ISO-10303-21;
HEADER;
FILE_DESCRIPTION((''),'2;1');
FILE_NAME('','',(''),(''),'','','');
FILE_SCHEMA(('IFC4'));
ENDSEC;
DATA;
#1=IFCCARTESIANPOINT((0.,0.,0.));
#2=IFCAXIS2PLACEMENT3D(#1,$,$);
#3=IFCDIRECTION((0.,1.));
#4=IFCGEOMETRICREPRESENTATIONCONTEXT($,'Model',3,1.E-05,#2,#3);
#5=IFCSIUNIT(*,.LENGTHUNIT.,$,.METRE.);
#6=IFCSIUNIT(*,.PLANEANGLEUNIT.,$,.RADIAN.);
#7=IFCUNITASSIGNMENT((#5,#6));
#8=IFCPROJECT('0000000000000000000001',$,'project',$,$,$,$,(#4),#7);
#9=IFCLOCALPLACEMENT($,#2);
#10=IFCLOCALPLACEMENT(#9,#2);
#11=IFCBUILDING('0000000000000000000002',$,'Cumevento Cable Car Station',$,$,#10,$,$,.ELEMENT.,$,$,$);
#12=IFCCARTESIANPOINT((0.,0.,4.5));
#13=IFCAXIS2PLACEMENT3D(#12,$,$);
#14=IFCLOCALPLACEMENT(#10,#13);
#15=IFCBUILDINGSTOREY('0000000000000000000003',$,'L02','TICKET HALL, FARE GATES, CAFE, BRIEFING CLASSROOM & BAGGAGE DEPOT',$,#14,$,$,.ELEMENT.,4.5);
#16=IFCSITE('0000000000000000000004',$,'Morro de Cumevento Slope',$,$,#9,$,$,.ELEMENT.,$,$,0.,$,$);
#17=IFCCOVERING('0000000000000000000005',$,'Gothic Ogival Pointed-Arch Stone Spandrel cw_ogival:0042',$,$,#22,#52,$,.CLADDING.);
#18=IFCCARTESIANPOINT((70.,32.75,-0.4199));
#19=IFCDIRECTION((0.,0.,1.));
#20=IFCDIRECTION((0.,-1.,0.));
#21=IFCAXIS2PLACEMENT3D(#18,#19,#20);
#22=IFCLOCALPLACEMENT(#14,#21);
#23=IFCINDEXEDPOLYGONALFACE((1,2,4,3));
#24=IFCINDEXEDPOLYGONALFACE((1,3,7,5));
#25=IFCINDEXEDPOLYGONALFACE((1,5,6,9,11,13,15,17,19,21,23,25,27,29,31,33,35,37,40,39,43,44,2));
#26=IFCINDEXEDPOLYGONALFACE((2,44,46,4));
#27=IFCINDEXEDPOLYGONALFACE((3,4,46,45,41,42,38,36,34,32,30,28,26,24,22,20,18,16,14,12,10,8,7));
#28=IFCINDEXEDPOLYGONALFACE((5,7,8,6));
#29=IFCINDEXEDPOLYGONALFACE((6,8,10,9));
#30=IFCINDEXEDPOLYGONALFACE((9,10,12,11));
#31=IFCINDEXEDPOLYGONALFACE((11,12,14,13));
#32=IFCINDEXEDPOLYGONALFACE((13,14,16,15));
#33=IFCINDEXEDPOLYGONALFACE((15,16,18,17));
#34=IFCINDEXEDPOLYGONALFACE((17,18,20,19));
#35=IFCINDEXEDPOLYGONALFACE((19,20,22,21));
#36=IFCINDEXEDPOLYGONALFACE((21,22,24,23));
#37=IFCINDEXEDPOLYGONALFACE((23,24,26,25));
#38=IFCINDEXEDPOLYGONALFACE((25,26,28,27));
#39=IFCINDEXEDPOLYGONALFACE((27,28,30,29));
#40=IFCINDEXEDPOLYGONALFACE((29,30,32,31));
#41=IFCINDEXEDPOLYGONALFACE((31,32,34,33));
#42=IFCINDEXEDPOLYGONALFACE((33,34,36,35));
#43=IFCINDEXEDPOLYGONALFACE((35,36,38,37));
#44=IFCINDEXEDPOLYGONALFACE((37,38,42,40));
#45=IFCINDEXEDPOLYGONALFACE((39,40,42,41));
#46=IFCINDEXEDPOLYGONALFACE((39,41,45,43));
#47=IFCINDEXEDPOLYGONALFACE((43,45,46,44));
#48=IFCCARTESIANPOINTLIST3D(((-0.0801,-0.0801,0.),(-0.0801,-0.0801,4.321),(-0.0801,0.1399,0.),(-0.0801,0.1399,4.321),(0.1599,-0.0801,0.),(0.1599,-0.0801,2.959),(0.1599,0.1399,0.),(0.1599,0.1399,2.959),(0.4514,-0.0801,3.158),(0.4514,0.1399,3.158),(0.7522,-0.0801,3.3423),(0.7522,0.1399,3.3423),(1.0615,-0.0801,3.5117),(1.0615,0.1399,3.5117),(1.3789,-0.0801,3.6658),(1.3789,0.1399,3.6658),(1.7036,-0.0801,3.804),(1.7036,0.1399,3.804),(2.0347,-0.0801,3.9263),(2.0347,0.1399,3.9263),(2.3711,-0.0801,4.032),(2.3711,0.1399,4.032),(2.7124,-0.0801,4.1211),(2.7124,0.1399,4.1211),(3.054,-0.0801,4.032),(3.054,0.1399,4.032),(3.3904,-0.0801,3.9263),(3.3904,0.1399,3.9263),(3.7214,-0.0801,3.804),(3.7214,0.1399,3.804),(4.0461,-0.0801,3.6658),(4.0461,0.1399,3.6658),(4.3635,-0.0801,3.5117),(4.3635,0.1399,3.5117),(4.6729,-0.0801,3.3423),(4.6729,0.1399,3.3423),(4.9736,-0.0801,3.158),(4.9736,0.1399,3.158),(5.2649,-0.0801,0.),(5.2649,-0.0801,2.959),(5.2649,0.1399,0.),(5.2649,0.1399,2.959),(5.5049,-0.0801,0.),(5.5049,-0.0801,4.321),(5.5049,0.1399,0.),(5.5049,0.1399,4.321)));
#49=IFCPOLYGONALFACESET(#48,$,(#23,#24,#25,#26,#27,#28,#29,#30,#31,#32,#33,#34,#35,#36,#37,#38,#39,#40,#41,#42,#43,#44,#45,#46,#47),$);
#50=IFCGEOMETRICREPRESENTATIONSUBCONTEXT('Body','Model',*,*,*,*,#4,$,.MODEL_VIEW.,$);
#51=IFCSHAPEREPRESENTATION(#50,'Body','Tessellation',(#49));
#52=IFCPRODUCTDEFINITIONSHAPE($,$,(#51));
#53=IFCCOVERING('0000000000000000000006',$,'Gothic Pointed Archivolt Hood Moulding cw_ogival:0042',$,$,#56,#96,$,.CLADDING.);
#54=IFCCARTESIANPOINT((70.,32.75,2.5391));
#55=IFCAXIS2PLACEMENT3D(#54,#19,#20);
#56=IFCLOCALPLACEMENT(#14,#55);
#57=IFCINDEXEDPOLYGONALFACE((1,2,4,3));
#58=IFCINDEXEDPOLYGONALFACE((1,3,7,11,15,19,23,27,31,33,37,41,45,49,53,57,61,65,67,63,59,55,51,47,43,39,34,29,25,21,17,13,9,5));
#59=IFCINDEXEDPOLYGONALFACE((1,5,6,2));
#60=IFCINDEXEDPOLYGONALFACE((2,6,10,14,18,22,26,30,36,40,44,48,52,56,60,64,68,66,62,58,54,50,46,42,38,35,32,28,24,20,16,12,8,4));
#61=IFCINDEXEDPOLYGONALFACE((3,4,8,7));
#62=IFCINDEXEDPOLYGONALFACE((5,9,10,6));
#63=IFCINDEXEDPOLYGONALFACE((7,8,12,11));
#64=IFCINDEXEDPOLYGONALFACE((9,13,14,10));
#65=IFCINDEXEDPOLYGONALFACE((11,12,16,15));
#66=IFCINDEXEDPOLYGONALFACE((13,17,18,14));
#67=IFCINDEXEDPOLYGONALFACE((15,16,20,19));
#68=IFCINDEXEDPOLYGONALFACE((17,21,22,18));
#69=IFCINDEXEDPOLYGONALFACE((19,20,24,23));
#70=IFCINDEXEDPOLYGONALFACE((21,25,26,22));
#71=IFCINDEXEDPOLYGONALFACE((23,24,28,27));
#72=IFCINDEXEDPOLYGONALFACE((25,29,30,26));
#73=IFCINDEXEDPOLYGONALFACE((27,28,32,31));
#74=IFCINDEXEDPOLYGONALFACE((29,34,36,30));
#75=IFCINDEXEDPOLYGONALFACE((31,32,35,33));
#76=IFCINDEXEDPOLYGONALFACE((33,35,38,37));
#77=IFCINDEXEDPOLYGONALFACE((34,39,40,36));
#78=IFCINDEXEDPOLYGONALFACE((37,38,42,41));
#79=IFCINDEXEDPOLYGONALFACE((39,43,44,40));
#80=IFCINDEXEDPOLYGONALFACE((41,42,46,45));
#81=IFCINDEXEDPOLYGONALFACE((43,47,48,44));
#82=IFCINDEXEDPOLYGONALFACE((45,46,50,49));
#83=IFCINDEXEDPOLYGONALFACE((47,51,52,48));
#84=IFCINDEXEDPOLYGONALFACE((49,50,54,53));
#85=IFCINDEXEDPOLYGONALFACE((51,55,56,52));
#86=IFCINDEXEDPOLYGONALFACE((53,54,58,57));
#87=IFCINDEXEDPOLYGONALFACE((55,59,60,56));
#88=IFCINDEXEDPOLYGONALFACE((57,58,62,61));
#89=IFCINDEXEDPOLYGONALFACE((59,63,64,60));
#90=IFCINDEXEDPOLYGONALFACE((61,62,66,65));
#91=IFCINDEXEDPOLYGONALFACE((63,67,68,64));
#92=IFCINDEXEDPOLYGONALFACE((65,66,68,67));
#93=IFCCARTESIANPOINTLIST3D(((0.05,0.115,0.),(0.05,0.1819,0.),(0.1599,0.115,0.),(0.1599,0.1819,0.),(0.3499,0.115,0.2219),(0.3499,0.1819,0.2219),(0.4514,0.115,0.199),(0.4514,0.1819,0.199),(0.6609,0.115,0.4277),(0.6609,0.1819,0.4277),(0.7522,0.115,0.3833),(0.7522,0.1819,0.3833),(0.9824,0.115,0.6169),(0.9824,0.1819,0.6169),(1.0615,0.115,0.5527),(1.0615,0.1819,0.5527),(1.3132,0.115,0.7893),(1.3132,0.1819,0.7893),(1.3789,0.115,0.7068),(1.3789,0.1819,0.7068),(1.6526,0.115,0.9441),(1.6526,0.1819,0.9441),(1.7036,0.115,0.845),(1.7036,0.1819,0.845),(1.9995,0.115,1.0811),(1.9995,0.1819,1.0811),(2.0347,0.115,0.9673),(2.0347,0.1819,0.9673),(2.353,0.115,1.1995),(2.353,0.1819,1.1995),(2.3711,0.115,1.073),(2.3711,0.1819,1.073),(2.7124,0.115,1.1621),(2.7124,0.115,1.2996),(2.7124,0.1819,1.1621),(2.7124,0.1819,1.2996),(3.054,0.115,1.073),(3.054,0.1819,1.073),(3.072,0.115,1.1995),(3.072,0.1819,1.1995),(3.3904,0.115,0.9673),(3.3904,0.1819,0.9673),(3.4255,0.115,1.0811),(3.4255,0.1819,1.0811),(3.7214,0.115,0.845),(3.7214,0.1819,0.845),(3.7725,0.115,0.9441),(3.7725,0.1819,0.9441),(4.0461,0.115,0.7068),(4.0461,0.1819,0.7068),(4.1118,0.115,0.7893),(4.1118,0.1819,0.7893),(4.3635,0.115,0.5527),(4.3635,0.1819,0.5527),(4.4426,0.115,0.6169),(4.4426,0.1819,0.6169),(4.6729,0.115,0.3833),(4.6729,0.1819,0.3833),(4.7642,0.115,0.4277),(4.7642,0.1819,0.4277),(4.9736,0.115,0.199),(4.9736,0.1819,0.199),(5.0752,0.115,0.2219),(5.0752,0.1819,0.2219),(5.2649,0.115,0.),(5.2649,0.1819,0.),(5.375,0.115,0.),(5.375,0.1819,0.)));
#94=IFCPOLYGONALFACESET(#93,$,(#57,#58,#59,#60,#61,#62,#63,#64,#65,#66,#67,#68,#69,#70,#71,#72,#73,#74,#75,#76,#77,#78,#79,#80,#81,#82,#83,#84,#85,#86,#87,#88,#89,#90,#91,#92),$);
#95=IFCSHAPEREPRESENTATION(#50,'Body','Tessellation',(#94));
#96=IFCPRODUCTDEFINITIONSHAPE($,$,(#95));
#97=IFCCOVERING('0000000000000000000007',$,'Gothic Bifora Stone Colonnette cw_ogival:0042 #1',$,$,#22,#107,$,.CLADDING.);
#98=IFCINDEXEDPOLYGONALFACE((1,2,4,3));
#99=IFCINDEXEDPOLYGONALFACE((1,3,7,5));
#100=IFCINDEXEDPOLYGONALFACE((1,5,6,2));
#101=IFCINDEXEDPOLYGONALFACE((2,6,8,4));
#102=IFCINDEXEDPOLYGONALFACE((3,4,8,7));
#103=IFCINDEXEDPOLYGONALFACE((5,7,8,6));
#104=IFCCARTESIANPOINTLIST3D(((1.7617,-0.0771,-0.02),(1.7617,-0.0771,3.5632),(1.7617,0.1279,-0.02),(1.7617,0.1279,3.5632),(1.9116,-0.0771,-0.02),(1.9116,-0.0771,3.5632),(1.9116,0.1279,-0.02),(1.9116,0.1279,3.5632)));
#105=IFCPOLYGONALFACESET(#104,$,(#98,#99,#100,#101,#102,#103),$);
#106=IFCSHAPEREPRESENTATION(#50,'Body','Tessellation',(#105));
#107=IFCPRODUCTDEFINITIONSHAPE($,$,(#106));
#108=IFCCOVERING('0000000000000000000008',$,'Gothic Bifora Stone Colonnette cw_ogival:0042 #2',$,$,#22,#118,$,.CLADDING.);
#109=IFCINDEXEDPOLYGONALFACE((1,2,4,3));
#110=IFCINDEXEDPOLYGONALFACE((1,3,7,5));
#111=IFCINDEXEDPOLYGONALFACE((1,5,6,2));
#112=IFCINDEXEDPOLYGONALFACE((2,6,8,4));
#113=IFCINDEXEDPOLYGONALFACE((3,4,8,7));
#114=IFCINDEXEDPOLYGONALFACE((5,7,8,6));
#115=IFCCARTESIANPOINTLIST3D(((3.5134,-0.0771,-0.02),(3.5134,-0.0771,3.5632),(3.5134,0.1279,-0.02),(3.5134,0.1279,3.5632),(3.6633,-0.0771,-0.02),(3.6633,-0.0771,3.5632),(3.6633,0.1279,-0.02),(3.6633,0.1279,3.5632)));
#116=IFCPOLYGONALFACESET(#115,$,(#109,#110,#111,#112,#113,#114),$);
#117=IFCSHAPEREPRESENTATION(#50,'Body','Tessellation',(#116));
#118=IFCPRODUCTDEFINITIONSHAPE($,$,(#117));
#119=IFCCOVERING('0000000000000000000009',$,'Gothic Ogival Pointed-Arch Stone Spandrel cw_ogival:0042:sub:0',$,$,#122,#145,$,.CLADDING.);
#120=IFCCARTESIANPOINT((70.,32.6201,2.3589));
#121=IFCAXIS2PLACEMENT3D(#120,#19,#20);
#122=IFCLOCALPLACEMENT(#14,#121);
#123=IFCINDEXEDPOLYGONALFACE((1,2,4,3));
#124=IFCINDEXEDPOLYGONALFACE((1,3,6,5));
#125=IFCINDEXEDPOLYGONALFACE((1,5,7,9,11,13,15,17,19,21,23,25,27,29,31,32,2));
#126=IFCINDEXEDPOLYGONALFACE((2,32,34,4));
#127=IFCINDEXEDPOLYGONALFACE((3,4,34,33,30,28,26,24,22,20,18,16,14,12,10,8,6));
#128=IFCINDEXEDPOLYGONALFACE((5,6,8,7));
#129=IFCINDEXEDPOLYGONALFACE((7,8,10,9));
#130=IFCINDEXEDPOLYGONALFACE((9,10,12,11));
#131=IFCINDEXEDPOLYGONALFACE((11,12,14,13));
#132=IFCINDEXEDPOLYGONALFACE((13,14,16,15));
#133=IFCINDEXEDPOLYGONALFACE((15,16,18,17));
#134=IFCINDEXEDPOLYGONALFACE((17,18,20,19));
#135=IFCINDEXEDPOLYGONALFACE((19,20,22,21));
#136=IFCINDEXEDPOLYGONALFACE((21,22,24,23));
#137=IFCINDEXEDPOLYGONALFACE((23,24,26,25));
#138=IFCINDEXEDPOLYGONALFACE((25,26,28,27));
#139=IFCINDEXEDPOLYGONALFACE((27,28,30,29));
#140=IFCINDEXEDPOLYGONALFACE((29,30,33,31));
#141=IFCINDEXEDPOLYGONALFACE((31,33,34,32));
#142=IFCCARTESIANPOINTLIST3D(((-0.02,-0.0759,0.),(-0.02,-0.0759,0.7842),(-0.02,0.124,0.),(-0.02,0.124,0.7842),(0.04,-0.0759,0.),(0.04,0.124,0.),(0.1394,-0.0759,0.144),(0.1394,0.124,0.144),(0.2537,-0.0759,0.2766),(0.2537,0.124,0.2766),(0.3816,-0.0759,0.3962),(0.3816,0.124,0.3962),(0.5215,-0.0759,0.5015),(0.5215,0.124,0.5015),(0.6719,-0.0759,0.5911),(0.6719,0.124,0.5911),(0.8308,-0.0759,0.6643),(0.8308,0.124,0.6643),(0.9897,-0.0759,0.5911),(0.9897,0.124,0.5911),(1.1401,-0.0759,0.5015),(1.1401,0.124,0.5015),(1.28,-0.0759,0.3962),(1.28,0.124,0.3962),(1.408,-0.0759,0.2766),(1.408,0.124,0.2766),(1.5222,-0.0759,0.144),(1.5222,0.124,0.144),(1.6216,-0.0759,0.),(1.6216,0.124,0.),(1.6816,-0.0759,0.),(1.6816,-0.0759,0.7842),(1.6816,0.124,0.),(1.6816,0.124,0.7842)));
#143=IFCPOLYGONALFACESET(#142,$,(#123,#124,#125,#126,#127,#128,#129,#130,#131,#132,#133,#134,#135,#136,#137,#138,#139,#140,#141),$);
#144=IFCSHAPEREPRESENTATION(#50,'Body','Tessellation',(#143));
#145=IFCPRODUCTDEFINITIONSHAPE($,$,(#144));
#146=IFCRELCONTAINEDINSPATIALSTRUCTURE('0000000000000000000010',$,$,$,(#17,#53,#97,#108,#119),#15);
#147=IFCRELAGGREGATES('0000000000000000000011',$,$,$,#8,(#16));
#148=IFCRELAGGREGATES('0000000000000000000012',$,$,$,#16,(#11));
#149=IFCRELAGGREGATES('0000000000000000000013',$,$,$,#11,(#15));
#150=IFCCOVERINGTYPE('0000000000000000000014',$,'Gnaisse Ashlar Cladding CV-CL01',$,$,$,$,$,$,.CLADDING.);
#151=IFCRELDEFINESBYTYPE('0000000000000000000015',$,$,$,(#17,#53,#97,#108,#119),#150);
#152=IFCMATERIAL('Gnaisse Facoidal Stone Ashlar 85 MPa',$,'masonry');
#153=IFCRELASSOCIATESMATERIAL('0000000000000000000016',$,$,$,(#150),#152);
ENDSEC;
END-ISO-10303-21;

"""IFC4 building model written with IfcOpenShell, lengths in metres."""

from ifc_helpers import new_model, si_unit, direction, frame, origin, place, context, subcontext, project, spatial, polyline, outline, extrude, material, type_object, element, save


model = new_model("IFC4")

# Units and contexts
model_context = context("Model", 3, precision=1e-05, world=origin(), true_north=direction((0.0, 1.0)))
body_context = subcontext(model_context, "Body", "Model", "MODEL_VIEW")
ifc_project = project(units=[si_unit("LENGTHUNIT", "METRE"), si_unit("PLANEANGLEUNIT", "RADIAN")], contexts=[model_context])

# Site, building, storey
site_placement = place(None, origin())
site = spatial("IfcSite", under=ifc_project, at=site_placement, Name="Morro de Cumevento Slope", CompositionType="ELEMENT", RefElevation=0.0)
building_placement = place(site_placement, origin())
building = spatial("IfcBuilding", under=site, at=building_placement, Name="Cumevento Cable Car Station", CompositionType="ELEMENT")
storey_placement = place(building_placement, frame((0.0, 0.0, 4.5)))
storey = spatial("IfcBuildingStorey", under=building, at=storey_placement, Name="L02", Description="TICKET HALL, FARE GATES, CAFE, BRIEFING CLASSROOM & BAGGAGE DEPOT", CompositionType="ELEMENT", Elevation=4.5)

# Coverings
ifc_material_1 = material(Name="Gnaisse Facoidal Stone Ashlar 85 MPa", Category="masonry")
covering_type = type_object("IfcCoveringType", Name="Gnaisse Ashlar Cladding CV-CL01", PredefinedType="CLADDING", material=ifc_material_1)
placement = place(storey_placement, frame((70.0, 32.75, -0.4199), z_axis=(0.0, 0.0, 1.0), x_axis=(0.0, -1.0, 0.0)))
element("IfcCovering", 1, at=placement, inside=storey, type_object=covering_type, Name="Gothic Ogival Pointed-Arch Stone Spandrel cw_ogival:0042", PredefinedType="CLADDING", context=body_context, shape_type="SweptSolid", body=[
    extrude(outline(polyline([(-0.0801, 0.0), (-0.0801, 4.321), (5.5049, 4.321), (5.5049, 0.0), (5.2649, 0.0), (5.2649, 2.959), (4.9736, 3.158), (4.6729, 3.3423), (4.3635, 3.5117), (4.0461, 3.6658), (3.7214, 3.804), (3.3904, 3.9263), (3.054, 4.032), (2.7124, 4.1211), (2.3711, 4.032), (2.0347, 3.9263), (1.7036, 3.804), (1.3789, 3.6658), (1.0615, 3.5117), (0.7522, 3.3423), (0.4514, 3.158), (0.1599, 2.959), (0.1599, 0.0), (-0.0801, 0.0)])), frame((0.0, 0.1399, 0.0), z_axis=(0.0, -1.0, 0.0), x_axis=(1.0, 0.0, 0.0)), (0.0, 0.0, 1.0), 0.22),
])
covering_1_placement = place(storey_placement, frame((70.0, 32.75, 2.5391), z_axis=(0.0, 0.0, 1.0), x_axis=(0.0, -1.0, 0.0)))
element("IfcCovering", 2, at=covering_1_placement, inside=storey, type_object=covering_type, Name="Gothic Pointed Archivolt Hood Moulding cw_ogival:0042", PredefinedType="CLADDING", context=body_context, shape_type="SweptSolid", body=[
    extrude(outline(polyline([(0.1599, 0.0), (0.4514, 0.199), (0.7522, 0.3833), (1.0615, 0.5527), (1.3789, 0.7068), (1.7036, 0.845), (2.0347, 0.9673), (2.3711, 1.073), (2.7124, 1.1621), (3.054, 1.073), (3.3904, 0.9673), (3.7214, 0.845), (4.0461, 0.7068), (4.3635, 0.5527), (4.6729, 0.3833), (4.9736, 0.199), (5.2649, 0.0), (5.375, 0.0), (5.0752, 0.2219), (4.7642, 0.4277), (4.4426, 0.6169), (4.1118, 0.7893), (3.7725, 0.9441), (3.4255, 1.0811), (3.072, 1.1995), (2.7124, 1.2996), (2.353, 1.1995), (1.9995, 1.0811), (1.6526, 0.9441), (1.3132, 0.7893), (0.9824, 0.6169), (0.6609, 0.4277), (0.3499, 0.2219), (0.05, 0.0), (0.1599, 0.0)])), frame((0.0, 0.1819, 0.0), z_axis=(0.0, -1.0, 0.0), x_axis=(1.0, 0.0, 0.0)), (0.0, 0.0, 1.0), 0.0669),
])
element("IfcCovering", 3, at=placement, inside=storey, type_object=covering_type, Name="Gothic Bifora Stone Colonnette cw_ogival:0042 #1", PredefinedType="CLADDING", context=body_context, shape_type="SweptSolid", body=[
    extrude(outline(polyline([(1.7617, -0.02), (1.9116, -0.02), (1.9116, 3.5632), (1.7617, 3.5632), (1.7617, -0.02)])), frame((0.0, 0.1279, 0.0), z_axis=(0.0, -1.0, 0.0), x_axis=(1.0, 0.0, 0.0)), (0.0, 0.0, 1.0), 0.2051),
])
element("IfcCovering", 4, at=placement, inside=storey, type_object=covering_type, Name="Gothic Bifora Stone Colonnette cw_ogival:0042 #2", PredefinedType="CLADDING", context=body_context, shape_type="SweptSolid", body=[
    extrude(outline(polyline([(3.5134, -0.02), (3.6633, -0.02), (3.6633, 3.5632), (3.5134, 3.5632), (3.5134, -0.02)])), frame((0.0, 0.1279, 0.0), z_axis=(0.0, -1.0, 0.0), x_axis=(1.0, 0.0, 0.0)), (0.0, 0.0, 1.0), 0.2051),
])
covering_2_placement = place(storey_placement, frame((70.0, 32.6201, 2.3589), z_axis=(0.0, 0.0, 1.0), x_axis=(0.0, -1.0, 0.0)))
element("IfcCovering", 5, at=covering_2_placement, inside=storey, type_object=covering_type, Name="Gothic Ogival Pointed-Arch Stone Spandrel cw_ogival:0042:sub:0", PredefinedType="CLADDING", context=body_context, shape_type="SweptSolid", body=[
    extrude(outline(polyline([(-0.02, 0.0), (-0.02, 0.7842), (1.6816, 0.7842), (1.6816, 0.0), (1.6216, 0.0), (1.5222, 0.144), (1.408, 0.2766), (1.28, 0.3962), (1.1401, 0.5015), (0.9897, 0.5911), (0.8308, 0.6643), (0.6719, 0.5911), (0.5215, 0.5015), (0.3816, 0.3962), (0.2537, 0.2766), (0.1394, 0.144), (0.04, 0.0), (-0.02, 0.0)])), frame((0.0, 0.124, 0.0), z_axis=(0.0, -1.0, 0.0), x_axis=(1.0, 0.0, 0.0)), (0.0, 0.0, 1.0), 0.2),
])

save(model, "model.ifc")
